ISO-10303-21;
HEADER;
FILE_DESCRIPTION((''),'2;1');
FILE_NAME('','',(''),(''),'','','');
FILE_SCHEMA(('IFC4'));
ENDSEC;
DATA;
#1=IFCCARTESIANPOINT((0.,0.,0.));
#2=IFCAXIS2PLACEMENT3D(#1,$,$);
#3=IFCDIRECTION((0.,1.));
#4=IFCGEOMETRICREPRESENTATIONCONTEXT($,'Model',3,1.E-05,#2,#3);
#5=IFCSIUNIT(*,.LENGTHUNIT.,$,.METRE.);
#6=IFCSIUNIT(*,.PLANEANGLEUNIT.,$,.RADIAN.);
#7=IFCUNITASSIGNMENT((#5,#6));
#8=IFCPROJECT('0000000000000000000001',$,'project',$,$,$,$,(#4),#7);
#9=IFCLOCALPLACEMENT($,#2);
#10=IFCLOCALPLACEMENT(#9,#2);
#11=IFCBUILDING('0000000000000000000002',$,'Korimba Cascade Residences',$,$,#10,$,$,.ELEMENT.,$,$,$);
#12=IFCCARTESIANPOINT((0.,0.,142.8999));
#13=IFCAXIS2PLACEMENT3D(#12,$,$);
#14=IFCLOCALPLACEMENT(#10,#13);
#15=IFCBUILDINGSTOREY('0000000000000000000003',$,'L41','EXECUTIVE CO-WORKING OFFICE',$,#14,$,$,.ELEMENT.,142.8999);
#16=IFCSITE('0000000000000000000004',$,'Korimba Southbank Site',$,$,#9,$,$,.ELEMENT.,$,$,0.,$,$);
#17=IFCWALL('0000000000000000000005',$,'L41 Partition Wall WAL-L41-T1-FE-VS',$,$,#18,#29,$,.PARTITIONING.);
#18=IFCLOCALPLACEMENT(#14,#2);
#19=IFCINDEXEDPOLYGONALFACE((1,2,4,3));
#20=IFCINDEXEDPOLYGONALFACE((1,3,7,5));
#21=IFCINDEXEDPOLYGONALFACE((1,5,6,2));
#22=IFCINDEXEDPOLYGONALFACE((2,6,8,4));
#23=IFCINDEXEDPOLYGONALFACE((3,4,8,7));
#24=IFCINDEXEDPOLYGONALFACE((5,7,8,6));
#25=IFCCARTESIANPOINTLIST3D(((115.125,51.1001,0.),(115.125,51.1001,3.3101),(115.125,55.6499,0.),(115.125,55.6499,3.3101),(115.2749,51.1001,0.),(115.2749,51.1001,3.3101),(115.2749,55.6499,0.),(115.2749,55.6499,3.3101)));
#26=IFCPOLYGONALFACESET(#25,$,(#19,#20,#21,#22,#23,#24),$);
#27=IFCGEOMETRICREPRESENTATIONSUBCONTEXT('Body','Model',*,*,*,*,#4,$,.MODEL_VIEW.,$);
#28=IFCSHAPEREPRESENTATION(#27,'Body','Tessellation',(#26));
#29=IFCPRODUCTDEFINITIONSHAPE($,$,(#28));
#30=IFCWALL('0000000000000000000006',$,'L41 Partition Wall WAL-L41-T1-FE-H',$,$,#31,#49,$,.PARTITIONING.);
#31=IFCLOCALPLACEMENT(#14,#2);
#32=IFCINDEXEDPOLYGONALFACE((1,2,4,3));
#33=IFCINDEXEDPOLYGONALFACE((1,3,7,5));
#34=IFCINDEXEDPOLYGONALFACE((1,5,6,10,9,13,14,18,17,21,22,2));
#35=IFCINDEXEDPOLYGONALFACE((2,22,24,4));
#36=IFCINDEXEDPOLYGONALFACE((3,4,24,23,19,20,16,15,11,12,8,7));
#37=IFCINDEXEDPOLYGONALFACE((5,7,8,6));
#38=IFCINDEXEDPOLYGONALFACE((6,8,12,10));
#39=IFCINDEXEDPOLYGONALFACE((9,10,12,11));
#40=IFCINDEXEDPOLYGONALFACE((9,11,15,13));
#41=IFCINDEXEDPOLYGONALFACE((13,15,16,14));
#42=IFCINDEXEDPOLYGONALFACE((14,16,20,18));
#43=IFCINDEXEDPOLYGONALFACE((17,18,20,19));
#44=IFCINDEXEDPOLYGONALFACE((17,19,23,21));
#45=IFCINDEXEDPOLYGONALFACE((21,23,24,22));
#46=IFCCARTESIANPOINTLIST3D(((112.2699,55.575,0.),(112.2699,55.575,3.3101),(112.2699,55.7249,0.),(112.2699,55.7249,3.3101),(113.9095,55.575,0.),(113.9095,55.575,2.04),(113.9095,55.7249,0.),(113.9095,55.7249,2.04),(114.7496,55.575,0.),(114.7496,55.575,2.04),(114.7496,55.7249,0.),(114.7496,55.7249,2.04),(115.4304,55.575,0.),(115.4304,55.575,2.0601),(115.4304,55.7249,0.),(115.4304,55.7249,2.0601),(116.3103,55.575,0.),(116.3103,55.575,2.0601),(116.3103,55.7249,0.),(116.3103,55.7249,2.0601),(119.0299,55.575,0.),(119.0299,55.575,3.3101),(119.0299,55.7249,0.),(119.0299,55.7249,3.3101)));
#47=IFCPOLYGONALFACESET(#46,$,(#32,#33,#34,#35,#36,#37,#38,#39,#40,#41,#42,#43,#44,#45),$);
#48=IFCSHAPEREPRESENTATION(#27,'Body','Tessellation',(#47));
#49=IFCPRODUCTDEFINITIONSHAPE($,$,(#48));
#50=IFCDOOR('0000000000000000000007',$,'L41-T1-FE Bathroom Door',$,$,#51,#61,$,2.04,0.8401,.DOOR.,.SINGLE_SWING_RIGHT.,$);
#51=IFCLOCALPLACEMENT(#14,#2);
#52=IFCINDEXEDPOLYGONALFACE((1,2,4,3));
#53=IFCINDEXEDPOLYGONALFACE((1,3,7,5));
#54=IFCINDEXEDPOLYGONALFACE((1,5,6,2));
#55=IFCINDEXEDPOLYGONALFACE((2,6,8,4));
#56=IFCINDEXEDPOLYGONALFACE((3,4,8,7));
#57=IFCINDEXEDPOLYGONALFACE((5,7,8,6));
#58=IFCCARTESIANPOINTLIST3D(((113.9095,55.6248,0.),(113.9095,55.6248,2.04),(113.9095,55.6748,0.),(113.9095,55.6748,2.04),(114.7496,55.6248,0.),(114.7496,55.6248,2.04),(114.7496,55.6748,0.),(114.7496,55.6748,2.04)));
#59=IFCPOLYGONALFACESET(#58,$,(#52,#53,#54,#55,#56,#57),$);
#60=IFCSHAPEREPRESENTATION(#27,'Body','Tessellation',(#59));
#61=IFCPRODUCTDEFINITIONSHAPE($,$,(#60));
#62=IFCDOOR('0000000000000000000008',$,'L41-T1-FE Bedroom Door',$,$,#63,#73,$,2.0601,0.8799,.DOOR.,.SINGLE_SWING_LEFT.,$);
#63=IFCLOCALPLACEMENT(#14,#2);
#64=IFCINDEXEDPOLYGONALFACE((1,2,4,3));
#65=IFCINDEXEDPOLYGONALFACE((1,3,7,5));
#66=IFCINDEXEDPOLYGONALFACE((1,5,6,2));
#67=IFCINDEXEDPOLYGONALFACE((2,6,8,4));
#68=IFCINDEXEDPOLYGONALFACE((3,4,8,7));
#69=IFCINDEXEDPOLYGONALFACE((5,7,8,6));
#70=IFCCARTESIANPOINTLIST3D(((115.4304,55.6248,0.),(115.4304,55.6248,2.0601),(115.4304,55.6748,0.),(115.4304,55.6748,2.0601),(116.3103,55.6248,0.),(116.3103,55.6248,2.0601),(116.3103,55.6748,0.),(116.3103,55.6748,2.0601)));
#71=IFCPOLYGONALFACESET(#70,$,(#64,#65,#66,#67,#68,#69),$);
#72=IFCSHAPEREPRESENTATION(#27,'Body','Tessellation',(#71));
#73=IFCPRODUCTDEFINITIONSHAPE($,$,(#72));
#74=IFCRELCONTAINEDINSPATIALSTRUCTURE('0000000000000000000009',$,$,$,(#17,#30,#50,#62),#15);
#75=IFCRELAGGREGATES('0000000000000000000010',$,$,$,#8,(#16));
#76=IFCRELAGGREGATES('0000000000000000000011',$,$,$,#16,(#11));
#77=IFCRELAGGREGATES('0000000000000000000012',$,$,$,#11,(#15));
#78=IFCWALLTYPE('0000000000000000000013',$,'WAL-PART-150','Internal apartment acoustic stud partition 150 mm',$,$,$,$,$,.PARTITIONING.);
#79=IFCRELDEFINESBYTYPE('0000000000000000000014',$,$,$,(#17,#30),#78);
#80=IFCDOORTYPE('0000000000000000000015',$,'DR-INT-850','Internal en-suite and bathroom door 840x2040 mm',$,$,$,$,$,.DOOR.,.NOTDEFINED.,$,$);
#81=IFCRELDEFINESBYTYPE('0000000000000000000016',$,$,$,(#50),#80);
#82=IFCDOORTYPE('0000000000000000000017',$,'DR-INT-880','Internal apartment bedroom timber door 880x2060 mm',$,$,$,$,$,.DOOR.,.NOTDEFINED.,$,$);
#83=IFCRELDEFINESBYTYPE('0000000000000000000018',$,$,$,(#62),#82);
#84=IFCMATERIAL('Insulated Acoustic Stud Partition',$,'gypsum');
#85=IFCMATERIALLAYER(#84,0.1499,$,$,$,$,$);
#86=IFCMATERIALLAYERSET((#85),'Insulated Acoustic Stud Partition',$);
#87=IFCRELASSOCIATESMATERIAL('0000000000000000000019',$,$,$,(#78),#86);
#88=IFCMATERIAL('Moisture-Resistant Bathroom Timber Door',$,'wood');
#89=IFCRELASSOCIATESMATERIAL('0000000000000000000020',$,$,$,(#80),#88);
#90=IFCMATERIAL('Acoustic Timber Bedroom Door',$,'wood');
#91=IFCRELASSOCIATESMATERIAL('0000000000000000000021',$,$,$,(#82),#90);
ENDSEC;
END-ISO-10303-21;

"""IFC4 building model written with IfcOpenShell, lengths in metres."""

from ifc_helpers import new_model, si_unit, direction, frame, frame_2d, origin, place, context, subcontext, project, spatial, rectangle, extrude, material, layer, layer_set, type_object, element, fill, save


model = new_model("IFC4")

# Units and contexts
model_context = context("Model", 3, precision=1e-05, world=origin(), true_north=direction((0.0, 1.0)))
body_context = subcontext(model_context, "Body", "Model", "MODEL_VIEW")
ifc_project = project(units=[si_unit("LENGTHUNIT", "METRE"), si_unit("PLANEANGLEUNIT", "RADIAN")], contexts=[model_context])

# Site, building, storey
site_placement = place(None, origin())
site = spatial("IfcSite", under=ifc_project, at=site_placement, Name="Korimba Southbank Site", CompositionType="ELEMENT", RefElevation=0.0)
building_placement = place(site_placement, origin())
building = spatial("IfcBuilding", under=site, at=building_placement, Name="Korimba Cascade Residences", CompositionType="ELEMENT")
storey_placement = place(building_placement, frame((0.0, 0.0, 142.8999)))
storey = spatial("IfcBuildingStorey", under=building, at=storey_placement, Name="L41", Description="EXECUTIVE CO-WORKING OFFICE", CompositionType="ELEMENT", Elevation=142.8999)

# Shared definitions
ifc_material_1 = material(Name="Insulated Acoustic Stud Partition", Category="gypsum")
ifc_layer_1 = layer(ifc_material_1, 0.1499)
ifc_layer_set_1 = layer_set([ifc_layer_1], Name="Insulated Acoustic Stud Partition")
wall_type_1 = type_object("IfcWallType", Name="WAL-PART-150", Description="Internal apartment acoustic stud partition 150 mm", PredefinedType="PARTITIONING", material=ifc_layer_set_1)
ifc_material_2 = material(Name="Moisture-Resistant Bathroom Timber Door", Category="wood")
door_type_1 = type_object("IfcDoorType", Name="DR-INT-850", Description="Internal en-suite and bathroom door 840x2040 mm", OperationType="NOTDEFINED", PredefinedType="DOOR", material=ifc_material_2)
ifc_material_3 = material(Name="Acoustic Timber Bedroom Door", Category="wood")
door_type_2 = type_object("IfcDoorType", Name="DR-INT-880", Description="Internal apartment bedroom timber door 880x2060 mm", OperationType="NOTDEFINED", PredefinedType="DOOR", material=ifc_material_3)

# Wall
wall_1_placement = place(storey_placement, frame((115.2, 51.1001, 0.0), z_axis=(0.0, 0.0, 1.0), x_axis=(0.0, 1.0, 0.0)))
element("IfcWall", 1, at=wall_1_placement, inside=storey, type_object=wall_type_1, Name="L41 Partition Wall WAL-L41-T1-FE-VS", PredefinedType="PARTITIONING", context=body_context, shape_type="SweptSolid", body=[
    extrude(rectangle(XDim=4.5498, YDim=0.1499, at=frame_2d((2.2749, 0.0))), origin(), (0.0, 0.0, 1.0), 3.3101),
])

# Wall, openings, doors
wall_2_placement = place(storey_placement, frame((112.27, 55.6499, 0.0), z_axis=(0.0, 0.0, 1.0), x_axis=(1.0, 0.0, 0.0)))
wall_2 = element("IfcWall", 2, at=wall_2_placement, inside=storey, type_object=wall_type_1, Name="L41 Partition Wall WAL-L41-T1-FE-H", PredefinedType="PARTITIONING", context=body_context, shape_type="SweptSolid", body=[
    extrude(rectangle(XDim=6.76, YDim=0.1499, at=frame_2d((3.3799, 0.0))), origin(), (0.0, 0.0, 1.0), 3.3101),
])
opening_1_placement = place(wall_2_placement, frame((1.6396, 0.0, 0.0)))
opening_1 = element("IfcOpeningElement", 3, at=opening_1_placement, cuts=wall_2, PredefinedType="OPENING", context=body_context, shape_type="SweptSolid", body=[
    extrude(rectangle(XDim=0.8401, YDim=2.04, at=frame_2d((0.4199, 1.02))), frame((0.0, 0.085, 0.0), z_axis=(0.0, -1.0, 0.0), x_axis=(1.0, 0.0, 0.0)), (0.0, 0.0, 1.0), 0.1699),
])
opening_2_placement = place(wall_2_placement, frame((3.1604, 0.0, 0.0)))
opening_2 = element("IfcOpeningElement", 4, at=opening_2_placement, cuts=wall_2, PredefinedType="OPENING", context=body_context, shape_type="SweptSolid", body=[
    extrude(rectangle(XDim=0.8799, YDim=2.0601, at=frame_2d((0.4399, 1.03))), frame((0.0, 0.085, 0.0), z_axis=(0.0, -1.0, 0.0), x_axis=(1.0, 0.0, 0.0)), (0.0, 0.0, 1.0), 0.1699),
])
door_1_placement = place(opening_1_placement, origin())
door_1 = element("IfcDoor", 5, at=door_1_placement, inside=storey, type_object=door_type_1, Name="L41-T1-FE Bathroom Door", OperationType="SINGLE_SWING_RIGHT", OverallHeight=2.04, OverallWidth=0.8401, PredefinedType="DOOR", context=body_context, shape_type="SweptSolid", body=[
    extrude(rectangle(XDim=0.8401, YDim=2.04, at=frame_2d((0.4199, 1.02))), frame((0.0, 0.0249, 0.0), z_axis=(0.0, -1.0, 0.0), x_axis=(1.0, 0.0, 0.0)), (0.0, 0.0, 1.0), 0.05),
])
fill(opening_1, door_1)
door_2_placement = place(opening_2_placement, origin())
door_2 = element("IfcDoor", 6, at=door_2_placement, inside=storey, type_object=door_type_2, Name="L41-T1-FE Bedroom Door", OperationType="SINGLE_SWING_LEFT", OverallHeight=2.0601, OverallWidth=0.8799, PredefinedType="DOOR", context=body_context, shape_type="SweptSolid", body=[
    extrude(rectangle(XDim=0.8799, YDim=2.0601, at=frame_2d((0.4399, 1.03))), frame((0.0, 0.0249, 0.0), z_axis=(0.0, -1.0, 0.0), x_axis=(1.0, 0.0, 0.0)), (0.0, 0.0, 1.0), 0.05),
])
fill(opening_2, door_2)

save(model, "model.ifc")
